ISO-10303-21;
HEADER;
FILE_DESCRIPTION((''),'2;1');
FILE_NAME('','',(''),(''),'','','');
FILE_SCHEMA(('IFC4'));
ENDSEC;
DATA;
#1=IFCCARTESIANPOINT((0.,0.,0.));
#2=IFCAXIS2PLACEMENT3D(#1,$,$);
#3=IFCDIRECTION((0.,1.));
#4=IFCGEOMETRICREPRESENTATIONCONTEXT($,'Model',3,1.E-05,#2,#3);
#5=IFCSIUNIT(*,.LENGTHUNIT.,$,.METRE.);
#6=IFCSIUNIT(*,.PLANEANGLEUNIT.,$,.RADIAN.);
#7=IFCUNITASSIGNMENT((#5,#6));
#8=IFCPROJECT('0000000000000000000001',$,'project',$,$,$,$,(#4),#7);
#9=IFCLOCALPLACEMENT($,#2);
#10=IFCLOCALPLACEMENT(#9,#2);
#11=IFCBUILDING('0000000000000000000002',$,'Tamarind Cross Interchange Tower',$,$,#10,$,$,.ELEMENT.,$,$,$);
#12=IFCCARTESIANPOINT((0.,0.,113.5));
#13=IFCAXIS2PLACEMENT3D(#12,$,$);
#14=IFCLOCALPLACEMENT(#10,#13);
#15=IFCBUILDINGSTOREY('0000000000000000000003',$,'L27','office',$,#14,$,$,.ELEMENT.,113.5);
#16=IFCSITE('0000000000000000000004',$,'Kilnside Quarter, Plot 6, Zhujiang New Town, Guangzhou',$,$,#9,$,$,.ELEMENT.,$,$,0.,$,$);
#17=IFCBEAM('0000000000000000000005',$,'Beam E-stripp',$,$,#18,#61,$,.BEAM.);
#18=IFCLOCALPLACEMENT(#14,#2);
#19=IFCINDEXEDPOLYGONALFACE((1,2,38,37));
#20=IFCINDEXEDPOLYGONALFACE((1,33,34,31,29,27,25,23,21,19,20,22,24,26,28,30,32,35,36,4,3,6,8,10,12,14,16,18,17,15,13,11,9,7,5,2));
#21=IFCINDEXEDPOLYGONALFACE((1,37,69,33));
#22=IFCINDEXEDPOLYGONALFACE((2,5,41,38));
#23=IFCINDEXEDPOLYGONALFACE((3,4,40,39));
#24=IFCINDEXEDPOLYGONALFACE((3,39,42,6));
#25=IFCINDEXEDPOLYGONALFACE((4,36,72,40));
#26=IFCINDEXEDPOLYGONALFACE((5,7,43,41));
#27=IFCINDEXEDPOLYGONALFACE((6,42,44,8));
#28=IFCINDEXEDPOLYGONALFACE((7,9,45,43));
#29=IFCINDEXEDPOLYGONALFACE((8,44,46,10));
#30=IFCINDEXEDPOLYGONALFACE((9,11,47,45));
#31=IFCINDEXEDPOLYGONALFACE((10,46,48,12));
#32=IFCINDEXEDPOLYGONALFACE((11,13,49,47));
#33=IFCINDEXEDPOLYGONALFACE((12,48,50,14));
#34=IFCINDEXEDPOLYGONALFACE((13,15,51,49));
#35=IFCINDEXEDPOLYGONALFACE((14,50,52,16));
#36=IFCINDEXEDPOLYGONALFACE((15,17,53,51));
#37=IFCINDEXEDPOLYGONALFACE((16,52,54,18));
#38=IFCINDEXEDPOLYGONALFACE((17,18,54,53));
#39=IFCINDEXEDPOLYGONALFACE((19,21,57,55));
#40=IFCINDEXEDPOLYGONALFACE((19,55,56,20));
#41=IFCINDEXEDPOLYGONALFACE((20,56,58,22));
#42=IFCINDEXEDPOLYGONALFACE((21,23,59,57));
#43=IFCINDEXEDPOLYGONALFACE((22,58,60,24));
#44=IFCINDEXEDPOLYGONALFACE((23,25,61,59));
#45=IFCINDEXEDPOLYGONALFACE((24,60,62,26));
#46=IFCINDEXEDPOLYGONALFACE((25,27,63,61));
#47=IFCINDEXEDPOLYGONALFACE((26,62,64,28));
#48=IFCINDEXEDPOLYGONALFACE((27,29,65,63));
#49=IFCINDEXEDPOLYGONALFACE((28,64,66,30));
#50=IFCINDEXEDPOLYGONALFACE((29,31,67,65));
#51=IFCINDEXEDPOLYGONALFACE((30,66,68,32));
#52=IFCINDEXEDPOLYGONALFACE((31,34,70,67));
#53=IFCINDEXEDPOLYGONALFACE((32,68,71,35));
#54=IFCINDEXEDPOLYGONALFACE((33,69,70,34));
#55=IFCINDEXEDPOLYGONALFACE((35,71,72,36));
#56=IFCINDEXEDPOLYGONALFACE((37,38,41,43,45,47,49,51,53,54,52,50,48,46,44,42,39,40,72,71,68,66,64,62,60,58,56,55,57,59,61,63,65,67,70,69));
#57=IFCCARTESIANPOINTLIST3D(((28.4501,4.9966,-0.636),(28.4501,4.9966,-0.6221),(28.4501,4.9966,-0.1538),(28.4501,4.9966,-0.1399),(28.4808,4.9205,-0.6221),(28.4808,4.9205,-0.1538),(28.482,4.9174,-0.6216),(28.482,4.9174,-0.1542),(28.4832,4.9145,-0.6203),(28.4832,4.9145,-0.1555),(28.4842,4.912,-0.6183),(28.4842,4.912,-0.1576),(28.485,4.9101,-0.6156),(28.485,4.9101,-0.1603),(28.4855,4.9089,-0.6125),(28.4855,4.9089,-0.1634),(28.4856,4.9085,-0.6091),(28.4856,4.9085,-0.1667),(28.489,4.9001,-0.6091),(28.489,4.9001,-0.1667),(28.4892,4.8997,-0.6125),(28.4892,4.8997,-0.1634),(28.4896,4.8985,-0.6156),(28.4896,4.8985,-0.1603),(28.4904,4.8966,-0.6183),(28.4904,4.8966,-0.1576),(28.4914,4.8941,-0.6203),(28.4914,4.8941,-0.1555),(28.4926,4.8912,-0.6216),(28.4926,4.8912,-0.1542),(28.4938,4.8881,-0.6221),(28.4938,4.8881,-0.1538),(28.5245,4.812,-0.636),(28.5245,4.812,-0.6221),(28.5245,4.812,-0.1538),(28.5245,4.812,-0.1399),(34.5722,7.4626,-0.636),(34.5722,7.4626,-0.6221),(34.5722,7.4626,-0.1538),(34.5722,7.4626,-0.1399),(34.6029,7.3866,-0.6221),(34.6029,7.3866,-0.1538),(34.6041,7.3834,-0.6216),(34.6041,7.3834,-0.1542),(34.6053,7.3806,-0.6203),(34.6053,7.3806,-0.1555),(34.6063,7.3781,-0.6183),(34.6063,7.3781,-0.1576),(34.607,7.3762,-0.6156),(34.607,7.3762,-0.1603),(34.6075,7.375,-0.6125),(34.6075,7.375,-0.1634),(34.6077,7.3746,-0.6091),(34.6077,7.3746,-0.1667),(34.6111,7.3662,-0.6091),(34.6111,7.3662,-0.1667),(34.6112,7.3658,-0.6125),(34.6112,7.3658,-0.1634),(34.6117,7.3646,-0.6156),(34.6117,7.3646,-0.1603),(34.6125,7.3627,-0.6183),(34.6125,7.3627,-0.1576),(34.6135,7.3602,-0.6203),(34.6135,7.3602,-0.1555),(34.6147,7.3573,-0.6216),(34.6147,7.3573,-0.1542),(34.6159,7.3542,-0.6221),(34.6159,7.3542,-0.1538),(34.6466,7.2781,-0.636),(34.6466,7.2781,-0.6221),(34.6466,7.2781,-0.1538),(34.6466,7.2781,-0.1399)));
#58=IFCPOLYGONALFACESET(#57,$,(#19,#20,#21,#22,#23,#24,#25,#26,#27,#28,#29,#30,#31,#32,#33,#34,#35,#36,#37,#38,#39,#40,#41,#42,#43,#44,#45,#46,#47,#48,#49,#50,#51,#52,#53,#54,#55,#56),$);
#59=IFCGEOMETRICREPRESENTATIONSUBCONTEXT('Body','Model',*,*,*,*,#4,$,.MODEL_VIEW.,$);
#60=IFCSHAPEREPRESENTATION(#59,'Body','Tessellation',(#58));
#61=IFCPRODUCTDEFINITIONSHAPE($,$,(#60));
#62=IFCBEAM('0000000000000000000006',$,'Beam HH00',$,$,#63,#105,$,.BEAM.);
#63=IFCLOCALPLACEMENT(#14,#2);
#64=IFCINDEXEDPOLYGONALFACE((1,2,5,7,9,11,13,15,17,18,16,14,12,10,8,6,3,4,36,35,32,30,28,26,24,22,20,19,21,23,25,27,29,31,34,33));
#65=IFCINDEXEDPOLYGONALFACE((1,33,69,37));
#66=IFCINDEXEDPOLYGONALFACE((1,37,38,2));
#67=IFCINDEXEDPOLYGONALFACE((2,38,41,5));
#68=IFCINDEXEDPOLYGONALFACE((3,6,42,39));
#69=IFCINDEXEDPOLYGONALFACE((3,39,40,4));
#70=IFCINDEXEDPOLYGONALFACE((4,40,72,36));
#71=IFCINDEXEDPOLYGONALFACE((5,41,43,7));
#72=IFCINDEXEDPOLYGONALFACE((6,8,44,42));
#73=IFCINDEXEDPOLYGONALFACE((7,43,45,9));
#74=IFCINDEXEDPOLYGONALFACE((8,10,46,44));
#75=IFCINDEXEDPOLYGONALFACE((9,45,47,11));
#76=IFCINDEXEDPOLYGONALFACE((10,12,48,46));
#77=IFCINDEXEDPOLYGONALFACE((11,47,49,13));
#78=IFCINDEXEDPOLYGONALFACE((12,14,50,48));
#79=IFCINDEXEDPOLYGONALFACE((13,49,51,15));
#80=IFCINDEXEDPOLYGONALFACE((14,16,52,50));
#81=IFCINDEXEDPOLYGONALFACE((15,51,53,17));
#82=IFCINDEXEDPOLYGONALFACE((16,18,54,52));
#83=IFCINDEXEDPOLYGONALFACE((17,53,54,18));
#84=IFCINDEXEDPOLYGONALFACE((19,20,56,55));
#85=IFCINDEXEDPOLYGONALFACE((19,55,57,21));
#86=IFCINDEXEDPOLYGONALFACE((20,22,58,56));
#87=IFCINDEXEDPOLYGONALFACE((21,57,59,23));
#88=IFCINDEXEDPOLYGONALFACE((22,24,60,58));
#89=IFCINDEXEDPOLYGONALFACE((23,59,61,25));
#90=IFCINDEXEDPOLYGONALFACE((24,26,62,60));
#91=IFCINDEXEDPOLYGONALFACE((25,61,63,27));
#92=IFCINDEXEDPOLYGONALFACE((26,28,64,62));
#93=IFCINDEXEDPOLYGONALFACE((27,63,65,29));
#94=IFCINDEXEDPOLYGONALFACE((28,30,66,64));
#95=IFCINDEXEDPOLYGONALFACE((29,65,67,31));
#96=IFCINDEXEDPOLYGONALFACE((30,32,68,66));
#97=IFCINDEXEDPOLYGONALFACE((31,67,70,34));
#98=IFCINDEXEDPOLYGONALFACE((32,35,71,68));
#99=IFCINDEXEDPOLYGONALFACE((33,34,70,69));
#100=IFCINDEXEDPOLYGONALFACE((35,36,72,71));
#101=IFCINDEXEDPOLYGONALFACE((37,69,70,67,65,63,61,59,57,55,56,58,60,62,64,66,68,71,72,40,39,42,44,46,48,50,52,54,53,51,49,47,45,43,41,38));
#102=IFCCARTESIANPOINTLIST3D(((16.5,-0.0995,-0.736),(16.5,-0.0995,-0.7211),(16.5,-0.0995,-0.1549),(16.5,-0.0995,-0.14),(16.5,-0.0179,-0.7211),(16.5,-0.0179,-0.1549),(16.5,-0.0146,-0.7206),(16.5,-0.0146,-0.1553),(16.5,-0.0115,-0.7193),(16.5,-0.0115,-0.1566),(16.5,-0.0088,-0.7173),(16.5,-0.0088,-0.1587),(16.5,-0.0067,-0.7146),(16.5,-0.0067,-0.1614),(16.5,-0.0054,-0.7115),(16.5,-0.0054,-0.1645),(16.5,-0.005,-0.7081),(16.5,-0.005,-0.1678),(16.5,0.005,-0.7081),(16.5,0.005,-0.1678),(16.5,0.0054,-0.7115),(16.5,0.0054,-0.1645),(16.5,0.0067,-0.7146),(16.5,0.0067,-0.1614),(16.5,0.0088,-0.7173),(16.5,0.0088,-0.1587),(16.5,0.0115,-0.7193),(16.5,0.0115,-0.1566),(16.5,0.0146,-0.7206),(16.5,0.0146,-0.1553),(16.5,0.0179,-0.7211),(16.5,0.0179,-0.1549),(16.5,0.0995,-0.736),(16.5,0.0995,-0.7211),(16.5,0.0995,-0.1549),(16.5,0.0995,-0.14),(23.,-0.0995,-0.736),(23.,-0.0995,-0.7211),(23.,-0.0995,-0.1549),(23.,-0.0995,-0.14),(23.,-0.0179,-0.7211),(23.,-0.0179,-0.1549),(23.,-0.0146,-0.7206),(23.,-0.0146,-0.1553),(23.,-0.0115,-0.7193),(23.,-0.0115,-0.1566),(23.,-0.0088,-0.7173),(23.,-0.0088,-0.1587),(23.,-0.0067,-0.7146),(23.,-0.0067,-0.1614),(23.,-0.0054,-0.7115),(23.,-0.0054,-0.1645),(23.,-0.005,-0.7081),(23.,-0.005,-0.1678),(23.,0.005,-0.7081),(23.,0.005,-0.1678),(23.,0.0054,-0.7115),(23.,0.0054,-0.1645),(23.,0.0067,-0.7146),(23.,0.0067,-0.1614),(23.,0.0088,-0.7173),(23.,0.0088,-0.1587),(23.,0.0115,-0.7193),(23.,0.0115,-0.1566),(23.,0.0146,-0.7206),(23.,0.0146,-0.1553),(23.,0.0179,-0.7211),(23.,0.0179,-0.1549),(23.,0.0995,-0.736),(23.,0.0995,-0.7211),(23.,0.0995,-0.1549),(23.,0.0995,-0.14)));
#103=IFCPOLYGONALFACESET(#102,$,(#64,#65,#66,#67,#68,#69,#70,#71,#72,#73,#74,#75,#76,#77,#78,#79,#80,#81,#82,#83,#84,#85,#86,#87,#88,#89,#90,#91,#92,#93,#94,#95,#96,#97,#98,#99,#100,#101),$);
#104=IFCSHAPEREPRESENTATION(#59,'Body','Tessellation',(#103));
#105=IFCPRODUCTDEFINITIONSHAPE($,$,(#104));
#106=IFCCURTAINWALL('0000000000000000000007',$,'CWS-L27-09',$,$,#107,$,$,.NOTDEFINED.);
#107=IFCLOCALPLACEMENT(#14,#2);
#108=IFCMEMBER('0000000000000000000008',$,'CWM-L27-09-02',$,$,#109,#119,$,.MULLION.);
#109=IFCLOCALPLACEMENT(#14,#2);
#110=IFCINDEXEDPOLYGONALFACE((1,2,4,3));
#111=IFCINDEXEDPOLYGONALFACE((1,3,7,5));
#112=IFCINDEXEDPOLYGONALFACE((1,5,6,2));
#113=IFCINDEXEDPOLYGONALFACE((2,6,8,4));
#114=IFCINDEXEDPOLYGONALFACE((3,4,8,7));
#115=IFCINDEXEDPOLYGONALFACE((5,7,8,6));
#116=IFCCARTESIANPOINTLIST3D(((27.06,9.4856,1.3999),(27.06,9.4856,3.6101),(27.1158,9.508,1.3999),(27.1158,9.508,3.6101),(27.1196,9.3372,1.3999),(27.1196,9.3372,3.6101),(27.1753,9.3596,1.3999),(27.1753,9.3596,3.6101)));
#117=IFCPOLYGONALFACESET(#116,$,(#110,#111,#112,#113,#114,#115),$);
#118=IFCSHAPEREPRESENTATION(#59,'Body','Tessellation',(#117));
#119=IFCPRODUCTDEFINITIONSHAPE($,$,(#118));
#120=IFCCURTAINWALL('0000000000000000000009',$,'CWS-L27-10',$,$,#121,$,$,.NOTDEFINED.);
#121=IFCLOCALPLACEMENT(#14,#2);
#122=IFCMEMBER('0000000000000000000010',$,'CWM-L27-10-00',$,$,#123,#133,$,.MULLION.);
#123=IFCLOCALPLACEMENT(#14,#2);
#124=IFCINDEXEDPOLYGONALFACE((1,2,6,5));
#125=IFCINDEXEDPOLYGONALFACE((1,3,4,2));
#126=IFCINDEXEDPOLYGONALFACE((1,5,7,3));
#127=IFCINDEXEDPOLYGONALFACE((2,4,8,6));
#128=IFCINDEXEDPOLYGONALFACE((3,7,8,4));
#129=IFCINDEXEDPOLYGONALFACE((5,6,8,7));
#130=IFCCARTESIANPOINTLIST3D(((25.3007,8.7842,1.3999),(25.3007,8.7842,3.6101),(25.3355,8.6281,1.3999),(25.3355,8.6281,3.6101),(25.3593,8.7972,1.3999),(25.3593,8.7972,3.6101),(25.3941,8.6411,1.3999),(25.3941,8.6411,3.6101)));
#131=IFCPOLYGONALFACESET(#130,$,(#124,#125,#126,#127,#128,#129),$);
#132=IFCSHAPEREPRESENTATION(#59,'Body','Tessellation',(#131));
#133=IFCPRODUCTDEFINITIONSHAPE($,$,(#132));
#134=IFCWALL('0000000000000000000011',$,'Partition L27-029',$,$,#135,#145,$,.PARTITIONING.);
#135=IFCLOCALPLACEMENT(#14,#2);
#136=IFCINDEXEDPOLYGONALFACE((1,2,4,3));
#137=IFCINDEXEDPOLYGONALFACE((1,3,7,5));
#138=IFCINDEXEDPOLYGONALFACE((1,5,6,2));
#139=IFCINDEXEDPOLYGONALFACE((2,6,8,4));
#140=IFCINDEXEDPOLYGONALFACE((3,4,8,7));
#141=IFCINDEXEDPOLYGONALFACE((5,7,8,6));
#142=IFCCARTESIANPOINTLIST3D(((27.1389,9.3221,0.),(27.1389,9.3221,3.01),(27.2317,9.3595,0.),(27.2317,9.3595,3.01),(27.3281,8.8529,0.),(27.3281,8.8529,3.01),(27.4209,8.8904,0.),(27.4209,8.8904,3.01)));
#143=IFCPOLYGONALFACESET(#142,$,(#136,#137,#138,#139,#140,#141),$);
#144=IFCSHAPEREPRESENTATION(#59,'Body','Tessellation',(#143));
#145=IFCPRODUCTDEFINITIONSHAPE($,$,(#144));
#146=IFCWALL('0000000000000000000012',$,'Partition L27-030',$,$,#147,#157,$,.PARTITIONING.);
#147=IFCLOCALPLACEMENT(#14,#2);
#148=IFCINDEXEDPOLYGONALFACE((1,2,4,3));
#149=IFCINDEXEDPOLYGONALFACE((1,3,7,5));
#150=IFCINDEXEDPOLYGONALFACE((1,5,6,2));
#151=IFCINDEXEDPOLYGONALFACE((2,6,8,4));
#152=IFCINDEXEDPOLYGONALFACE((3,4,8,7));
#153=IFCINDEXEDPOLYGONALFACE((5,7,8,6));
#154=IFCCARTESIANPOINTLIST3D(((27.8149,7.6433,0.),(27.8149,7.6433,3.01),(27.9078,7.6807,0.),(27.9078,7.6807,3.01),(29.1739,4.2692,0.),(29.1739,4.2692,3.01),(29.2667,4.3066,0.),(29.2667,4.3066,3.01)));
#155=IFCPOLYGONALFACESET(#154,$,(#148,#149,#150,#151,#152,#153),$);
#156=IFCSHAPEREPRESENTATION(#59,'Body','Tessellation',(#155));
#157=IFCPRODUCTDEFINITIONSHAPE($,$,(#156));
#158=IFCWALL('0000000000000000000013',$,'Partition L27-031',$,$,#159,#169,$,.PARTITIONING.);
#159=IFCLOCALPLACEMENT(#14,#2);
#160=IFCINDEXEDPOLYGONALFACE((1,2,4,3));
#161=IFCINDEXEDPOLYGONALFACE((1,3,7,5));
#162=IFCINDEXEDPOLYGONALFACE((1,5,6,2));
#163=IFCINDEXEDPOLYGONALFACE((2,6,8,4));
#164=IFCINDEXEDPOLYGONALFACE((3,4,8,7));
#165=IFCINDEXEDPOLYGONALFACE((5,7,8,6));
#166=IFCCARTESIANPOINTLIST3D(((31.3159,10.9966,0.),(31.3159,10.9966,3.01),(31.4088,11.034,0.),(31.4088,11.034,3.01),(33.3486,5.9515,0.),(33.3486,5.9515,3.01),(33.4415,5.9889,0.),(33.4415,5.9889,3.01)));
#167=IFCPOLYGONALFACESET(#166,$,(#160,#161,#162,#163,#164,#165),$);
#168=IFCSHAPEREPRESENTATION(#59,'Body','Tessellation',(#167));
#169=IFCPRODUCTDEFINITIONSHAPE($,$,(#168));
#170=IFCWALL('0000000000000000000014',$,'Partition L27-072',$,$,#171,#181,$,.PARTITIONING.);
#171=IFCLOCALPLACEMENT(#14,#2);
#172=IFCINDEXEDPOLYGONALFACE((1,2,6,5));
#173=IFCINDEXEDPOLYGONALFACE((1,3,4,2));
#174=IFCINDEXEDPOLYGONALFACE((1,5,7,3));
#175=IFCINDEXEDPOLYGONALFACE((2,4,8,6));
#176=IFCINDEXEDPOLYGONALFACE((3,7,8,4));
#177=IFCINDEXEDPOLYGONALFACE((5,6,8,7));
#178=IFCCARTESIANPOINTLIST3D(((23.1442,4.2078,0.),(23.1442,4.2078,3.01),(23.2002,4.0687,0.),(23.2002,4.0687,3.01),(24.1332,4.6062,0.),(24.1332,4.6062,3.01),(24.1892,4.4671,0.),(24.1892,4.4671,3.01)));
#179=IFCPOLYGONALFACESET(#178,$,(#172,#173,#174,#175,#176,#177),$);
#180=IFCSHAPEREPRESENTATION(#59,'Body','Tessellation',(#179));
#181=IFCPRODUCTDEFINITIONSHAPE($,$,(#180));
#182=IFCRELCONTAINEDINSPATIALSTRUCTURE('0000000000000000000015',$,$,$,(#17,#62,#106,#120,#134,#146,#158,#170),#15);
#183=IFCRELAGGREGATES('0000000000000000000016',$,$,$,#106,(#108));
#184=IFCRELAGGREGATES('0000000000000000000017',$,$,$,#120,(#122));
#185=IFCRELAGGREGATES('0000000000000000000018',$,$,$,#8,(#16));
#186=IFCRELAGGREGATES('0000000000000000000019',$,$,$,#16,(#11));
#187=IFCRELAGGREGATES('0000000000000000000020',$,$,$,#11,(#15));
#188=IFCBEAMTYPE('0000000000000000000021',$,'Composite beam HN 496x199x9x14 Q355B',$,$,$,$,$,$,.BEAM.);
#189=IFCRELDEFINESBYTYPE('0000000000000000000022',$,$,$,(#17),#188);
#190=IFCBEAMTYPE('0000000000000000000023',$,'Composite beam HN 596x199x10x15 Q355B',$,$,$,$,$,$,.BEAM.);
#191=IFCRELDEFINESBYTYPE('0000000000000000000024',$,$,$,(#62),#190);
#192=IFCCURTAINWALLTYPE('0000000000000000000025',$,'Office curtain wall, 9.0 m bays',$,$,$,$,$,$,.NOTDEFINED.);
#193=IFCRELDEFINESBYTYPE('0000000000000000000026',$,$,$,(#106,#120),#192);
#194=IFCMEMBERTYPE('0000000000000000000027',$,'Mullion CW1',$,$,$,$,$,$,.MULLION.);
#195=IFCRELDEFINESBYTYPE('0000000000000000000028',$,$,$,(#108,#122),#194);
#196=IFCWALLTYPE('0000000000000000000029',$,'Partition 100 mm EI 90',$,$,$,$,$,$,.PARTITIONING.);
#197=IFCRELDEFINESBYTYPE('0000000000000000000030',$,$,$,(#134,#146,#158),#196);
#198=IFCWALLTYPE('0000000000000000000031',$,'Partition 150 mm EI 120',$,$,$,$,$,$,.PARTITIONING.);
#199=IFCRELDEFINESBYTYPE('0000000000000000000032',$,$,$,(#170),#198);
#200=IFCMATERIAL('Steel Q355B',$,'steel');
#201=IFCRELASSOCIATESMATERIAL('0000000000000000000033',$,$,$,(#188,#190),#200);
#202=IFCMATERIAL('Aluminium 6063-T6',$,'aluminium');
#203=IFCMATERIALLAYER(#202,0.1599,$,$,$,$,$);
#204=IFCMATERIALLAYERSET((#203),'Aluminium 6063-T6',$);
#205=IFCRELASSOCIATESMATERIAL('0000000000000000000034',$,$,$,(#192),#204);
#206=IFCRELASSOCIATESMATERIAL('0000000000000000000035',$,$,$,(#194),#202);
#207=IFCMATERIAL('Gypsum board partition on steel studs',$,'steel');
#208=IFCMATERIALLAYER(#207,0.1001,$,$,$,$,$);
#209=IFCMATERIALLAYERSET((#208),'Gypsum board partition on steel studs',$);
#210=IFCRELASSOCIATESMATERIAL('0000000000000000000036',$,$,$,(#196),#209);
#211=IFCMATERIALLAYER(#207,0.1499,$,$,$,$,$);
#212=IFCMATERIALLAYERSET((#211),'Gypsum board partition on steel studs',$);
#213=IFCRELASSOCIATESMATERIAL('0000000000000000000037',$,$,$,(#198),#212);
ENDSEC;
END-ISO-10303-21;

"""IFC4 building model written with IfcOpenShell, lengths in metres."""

from ifc_helpers import new_model, si_unit, direction, frame, frame_2d, origin, origin_2d, place, context, subcontext, project, spatial, rectangle, i_section, extrude, material, layer, layer_set, material_profile, profile_set, type_object, element, aggregate, save


model = new_model("IFC4")

# Units and contexts
model_context = context("Model", 3, precision=1e-05, world=origin(), true_north=direction((0.0, 1.0)))
body_context = subcontext(model_context, "Body", "Model", "MODEL_VIEW")
ifc_project = project(units=[si_unit("LENGTHUNIT", "METRE"), si_unit("PLANEANGLEUNIT", "RADIAN")], contexts=[model_context])

# Site, building, storey
site_placement = place(None, origin())
site = spatial("IfcSite", under=ifc_project, at=site_placement, Name="Kilnside Quarter, Plot 6, Zhujiang New Town, Guangzhou", CompositionType="ELEMENT", RefElevation=0.0)
building_placement = place(site_placement, origin())
building = spatial("IfcBuilding", under=site, at=building_placement, Name="Tamarind Cross Interchange Tower", CompositionType="ELEMENT")
storey_placement = place(building_placement, frame((0.0, 0.0, 113.5)))
storey = spatial("IfcBuildingStorey", under=building, at=storey_placement, Name="L27", Description="office", CompositionType="ELEMENT", Elevation=113.5)

# Beams
ifc_material_1 = material(Name="Steel Q355B", Category="steel")
ifc_material_profile_1 = material_profile(ifc_material_1, i_section(OverallWidth=0.199, OverallDepth=0.4961, WebThickness=0.009, FlangeThickness=0.0139, FilletRadius=0.0129, at=origin_2d()), Name="HN 496x199x9x14")
ifc_profile_set_1 = profile_set([ifc_material_profile_1], Name="Steel Q355B")
beam_type_1 = type_object("IfcBeamType", Name="Composite beam HN 496x199x9x14 Q355B", PredefinedType="BEAM", material=ifc_profile_set_1)
beam_1_placement = place(storey_placement, frame((28.4873, 4.9043, -0.3879), z_axis=(0.927573, 0.373641, 0.0), x_axis=(-0.373641, 0.927573, 0.0)))
element("IfcBeam", 1, at=beam_1_placement, inside=storey, type_object=beam_type_1, Name="Beam E-stripp", PredefinedType="BEAM", context=body_context, shape_type="SweptSolid", body=[
    extrude(i_section(OverallWidth=0.199, OverallDepth=0.4961, WebThickness=0.009, FlangeThickness=0.0139, FilletRadius=0.0129, at=origin_2d()), origin(), (0.0, 0.0, 1.0), 6.6001),
])
ifc_material_profile_2 = material_profile(ifc_material_1, i_section(OverallWidth=0.199, OverallDepth=0.5959, WebThickness=0.01, FlangeThickness=0.0149, FilletRadius=0.0129, at=origin_2d()), Name="HN 596x199x10x15")
ifc_profile_set_2 = profile_set([ifc_material_profile_2], Name="Steel Q355B")
beam_type_2 = type_object("IfcBeamType", Name="Composite beam HN 596x199x10x15 Q355B", PredefinedType="BEAM", material=ifc_profile_set_2)
beam_2_placement = place(storey_placement, frame((23.0, 0.0, -0.438), z_axis=(-1.0, 0.0, 0.0), x_axis=(0.0, -1.0, 0.0)))
element("IfcBeam", 2, at=beam_2_placement, inside=storey, type_object=beam_type_2, Name="Beam HH00", PredefinedType="BEAM", context=body_context, shape_type="SweptSolid", body=[
    extrude(i_section(OverallWidth=0.199, OverallDepth=0.5959, WebThickness=0.01, FlangeThickness=0.0149, FilletRadius=0.0129, at=origin_2d()), origin(), (0.0, 0.0, 1.0), 6.5),
])

# Curtain walls, members
ifc_material_2 = material(Name="Aluminium 6063-T6", Category="aluminium")
ifc_layer_1 = layer(ifc_material_2, 0.1599)
ifc_layer_set_1 = layer_set([ifc_layer_1], Name="Aluminium 6063-T6")
curtain_wall_type = type_object("IfcCurtainWallType", Name="Office curtain wall, 9.0 m bays", PredefinedType="NOTDEFINED", material=ifc_layer_set_1)
curtain_wall_1_placement = place(storey_placement, origin())
curtain_wall_1 = element("IfcCurtainWall", 3, at=curtain_wall_1_placement, inside=storey, type_object=curtain_wall_type, Name="CWS-L27-09", PredefinedType="NOTDEFINED")
ifc_material_profile_3 = material_profile(ifc_material_2, rectangle(XDim=0.0601, YDim=0.1599, at=origin_2d()), Name="Mullion CW1")
ifc_profile_set_3 = profile_set([ifc_material_profile_3], Name="Aluminium 6063-T6")
member_type = type_object("IfcMemberType", Name="Mullion CW1", PredefinedType="MULLION", material=ifc_profile_set_3)
member_1_placement = place(storey_placement, frame((27.1177, 9.4226, 1.3999), z_axis=(0.0, 0.0, 1.0), x_axis=(-0.928183, -0.372124, 0.0)))
member_1 = element("IfcMember", 4, at=member_1_placement, type_object=member_type, Name="CWM-L27-09-02", PredefinedType="MULLION", context=body_context, shape_type="SweptSolid", body=[
    extrude(rectangle(XDim=0.0601, YDim=0.1599, at=origin_2d()), origin(), (0.0, 0.0, 1.0), 2.2102),
])
aggregate(curtain_wall_1, [member_1])
curtain_wall_2_placement = place(storey_placement, origin())
curtain_wall_2 = element("IfcCurtainWall", 5, at=curtain_wall_2_placement, inside=storey, type_object=curtain_wall_type, Name="CWS-L27-10", PredefinedType="NOTDEFINED")
member_2_placement = place(storey_placement, frame((25.3474, 8.7126, 1.3999), z_axis=(0.0, 0.0, 1.0), x_axis=(-0.97608, -0.217413, 0.0)))
member_2 = element("IfcMember", 6, at=member_2_placement, type_object=member_type, Name="CWM-L27-10-00", PredefinedType="MULLION", context=body_context, shape_type="SweptSolid", body=[
    extrude(rectangle(XDim=0.0601, YDim=0.1599, at=origin_2d()), origin(), (0.0, 0.0, 1.0), 2.2102),
])
aggregate(curtain_wall_2, [member_2])

# Walls
ifc_material_3 = material(Name="Gypsum board partition on steel studs", Category="steel")
ifc_layer_2 = layer(ifc_material_3, 0.1001)
ifc_layer_set_2 = layer_set([ifc_layer_2], Name="Gypsum board partition on steel studs")
wall_type_1 = type_object("IfcWallType", Name="Partition 100 mm EI 90", PredefinedType="PARTITIONING", material=ifc_layer_set_2)
wall_1_placement = place(storey_placement, frame((27.1853, 9.3408, 0.0), z_axis=(0.0, 0.0, 1.0), x_axis=(0.373968, -0.927441, 0.0)))
element("IfcWall", 7, at=wall_1_placement, inside=storey, type_object=wall_type_1, Name="Partition L27-029", PredefinedType="PARTITIONING", context=body_context, shape_type="SweptSolid", body=[
    extrude(rectangle(XDim=0.5059, YDim=0.1001, at=frame_2d((0.2529, 0.0))), origin(), (0.0, 0.0, 1.0), 3.01),
])
wall_2_placement = place(storey_placement, frame((27.8613, 7.6621, 0.0), z_axis=(0.0, 0.0, 1.0), x_axis=(0.373588, -0.927595, 0.0)))
element("IfcWall", 8, at=wall_2_placement, inside=storey, type_object=wall_type_1, Name="Partition L27-030", PredefinedType="PARTITIONING", context=body_context, shape_type="SweptSolid", body=[
    extrude(rectangle(XDim=3.6375, YDim=0.1001, at=frame_2d((1.8188, 0.0))), origin(), (0.0, 0.0, 1.0), 3.01),
])
wall_3_placement = place(storey_placement, frame((31.3623, 11.0154, 0.0), z_axis=(0.0, 0.0, 1.0), x_axis=(0.373711, -0.927545, 0.0)))
element("IfcWall", 9, at=wall_3_placement, inside=storey, type_object=wall_type_1, Name="Partition L27-031", PredefinedType="PARTITIONING", context=body_context, shape_type="SweptSolid", body=[
    extrude(rectangle(XDim=5.4392, YDim=0.1001, at=frame_2d((2.7197, 0.0))), origin(), (0.0, 0.0, 1.0), 3.01),
])
ifc_layer_3 = layer(ifc_material_3, 0.1499)
ifc_layer_set_3 = layer_set([ifc_layer_3], Name="Gypsum board partition on steel studs")
wall_type_2 = type_object("IfcWallType", Name="Partition 150 mm EI 120", PredefinedType="PARTITIONING", material=ifc_layer_set_3)
wall_4_placement = place(storey_placement, frame((23.1721, 4.1382, 0.0), z_axis=(0.0, 0.0, 1.0), x_axis=(0.927558, 0.373679, 0.0)))
element("IfcWall", 10, at=wall_4_placement, inside=storey, type_object=wall_type_2, Name="Partition L27-072", PredefinedType="PARTITIONING", context=body_context, shape_type="SweptSolid", body=[
    extrude(rectangle(XDim=1.0662, YDim=0.1499, at=frame_2d((0.5332, 0.0))), origin(), (0.0, 0.0, 1.0), 3.01),
])

save(model, "model.ifc")
